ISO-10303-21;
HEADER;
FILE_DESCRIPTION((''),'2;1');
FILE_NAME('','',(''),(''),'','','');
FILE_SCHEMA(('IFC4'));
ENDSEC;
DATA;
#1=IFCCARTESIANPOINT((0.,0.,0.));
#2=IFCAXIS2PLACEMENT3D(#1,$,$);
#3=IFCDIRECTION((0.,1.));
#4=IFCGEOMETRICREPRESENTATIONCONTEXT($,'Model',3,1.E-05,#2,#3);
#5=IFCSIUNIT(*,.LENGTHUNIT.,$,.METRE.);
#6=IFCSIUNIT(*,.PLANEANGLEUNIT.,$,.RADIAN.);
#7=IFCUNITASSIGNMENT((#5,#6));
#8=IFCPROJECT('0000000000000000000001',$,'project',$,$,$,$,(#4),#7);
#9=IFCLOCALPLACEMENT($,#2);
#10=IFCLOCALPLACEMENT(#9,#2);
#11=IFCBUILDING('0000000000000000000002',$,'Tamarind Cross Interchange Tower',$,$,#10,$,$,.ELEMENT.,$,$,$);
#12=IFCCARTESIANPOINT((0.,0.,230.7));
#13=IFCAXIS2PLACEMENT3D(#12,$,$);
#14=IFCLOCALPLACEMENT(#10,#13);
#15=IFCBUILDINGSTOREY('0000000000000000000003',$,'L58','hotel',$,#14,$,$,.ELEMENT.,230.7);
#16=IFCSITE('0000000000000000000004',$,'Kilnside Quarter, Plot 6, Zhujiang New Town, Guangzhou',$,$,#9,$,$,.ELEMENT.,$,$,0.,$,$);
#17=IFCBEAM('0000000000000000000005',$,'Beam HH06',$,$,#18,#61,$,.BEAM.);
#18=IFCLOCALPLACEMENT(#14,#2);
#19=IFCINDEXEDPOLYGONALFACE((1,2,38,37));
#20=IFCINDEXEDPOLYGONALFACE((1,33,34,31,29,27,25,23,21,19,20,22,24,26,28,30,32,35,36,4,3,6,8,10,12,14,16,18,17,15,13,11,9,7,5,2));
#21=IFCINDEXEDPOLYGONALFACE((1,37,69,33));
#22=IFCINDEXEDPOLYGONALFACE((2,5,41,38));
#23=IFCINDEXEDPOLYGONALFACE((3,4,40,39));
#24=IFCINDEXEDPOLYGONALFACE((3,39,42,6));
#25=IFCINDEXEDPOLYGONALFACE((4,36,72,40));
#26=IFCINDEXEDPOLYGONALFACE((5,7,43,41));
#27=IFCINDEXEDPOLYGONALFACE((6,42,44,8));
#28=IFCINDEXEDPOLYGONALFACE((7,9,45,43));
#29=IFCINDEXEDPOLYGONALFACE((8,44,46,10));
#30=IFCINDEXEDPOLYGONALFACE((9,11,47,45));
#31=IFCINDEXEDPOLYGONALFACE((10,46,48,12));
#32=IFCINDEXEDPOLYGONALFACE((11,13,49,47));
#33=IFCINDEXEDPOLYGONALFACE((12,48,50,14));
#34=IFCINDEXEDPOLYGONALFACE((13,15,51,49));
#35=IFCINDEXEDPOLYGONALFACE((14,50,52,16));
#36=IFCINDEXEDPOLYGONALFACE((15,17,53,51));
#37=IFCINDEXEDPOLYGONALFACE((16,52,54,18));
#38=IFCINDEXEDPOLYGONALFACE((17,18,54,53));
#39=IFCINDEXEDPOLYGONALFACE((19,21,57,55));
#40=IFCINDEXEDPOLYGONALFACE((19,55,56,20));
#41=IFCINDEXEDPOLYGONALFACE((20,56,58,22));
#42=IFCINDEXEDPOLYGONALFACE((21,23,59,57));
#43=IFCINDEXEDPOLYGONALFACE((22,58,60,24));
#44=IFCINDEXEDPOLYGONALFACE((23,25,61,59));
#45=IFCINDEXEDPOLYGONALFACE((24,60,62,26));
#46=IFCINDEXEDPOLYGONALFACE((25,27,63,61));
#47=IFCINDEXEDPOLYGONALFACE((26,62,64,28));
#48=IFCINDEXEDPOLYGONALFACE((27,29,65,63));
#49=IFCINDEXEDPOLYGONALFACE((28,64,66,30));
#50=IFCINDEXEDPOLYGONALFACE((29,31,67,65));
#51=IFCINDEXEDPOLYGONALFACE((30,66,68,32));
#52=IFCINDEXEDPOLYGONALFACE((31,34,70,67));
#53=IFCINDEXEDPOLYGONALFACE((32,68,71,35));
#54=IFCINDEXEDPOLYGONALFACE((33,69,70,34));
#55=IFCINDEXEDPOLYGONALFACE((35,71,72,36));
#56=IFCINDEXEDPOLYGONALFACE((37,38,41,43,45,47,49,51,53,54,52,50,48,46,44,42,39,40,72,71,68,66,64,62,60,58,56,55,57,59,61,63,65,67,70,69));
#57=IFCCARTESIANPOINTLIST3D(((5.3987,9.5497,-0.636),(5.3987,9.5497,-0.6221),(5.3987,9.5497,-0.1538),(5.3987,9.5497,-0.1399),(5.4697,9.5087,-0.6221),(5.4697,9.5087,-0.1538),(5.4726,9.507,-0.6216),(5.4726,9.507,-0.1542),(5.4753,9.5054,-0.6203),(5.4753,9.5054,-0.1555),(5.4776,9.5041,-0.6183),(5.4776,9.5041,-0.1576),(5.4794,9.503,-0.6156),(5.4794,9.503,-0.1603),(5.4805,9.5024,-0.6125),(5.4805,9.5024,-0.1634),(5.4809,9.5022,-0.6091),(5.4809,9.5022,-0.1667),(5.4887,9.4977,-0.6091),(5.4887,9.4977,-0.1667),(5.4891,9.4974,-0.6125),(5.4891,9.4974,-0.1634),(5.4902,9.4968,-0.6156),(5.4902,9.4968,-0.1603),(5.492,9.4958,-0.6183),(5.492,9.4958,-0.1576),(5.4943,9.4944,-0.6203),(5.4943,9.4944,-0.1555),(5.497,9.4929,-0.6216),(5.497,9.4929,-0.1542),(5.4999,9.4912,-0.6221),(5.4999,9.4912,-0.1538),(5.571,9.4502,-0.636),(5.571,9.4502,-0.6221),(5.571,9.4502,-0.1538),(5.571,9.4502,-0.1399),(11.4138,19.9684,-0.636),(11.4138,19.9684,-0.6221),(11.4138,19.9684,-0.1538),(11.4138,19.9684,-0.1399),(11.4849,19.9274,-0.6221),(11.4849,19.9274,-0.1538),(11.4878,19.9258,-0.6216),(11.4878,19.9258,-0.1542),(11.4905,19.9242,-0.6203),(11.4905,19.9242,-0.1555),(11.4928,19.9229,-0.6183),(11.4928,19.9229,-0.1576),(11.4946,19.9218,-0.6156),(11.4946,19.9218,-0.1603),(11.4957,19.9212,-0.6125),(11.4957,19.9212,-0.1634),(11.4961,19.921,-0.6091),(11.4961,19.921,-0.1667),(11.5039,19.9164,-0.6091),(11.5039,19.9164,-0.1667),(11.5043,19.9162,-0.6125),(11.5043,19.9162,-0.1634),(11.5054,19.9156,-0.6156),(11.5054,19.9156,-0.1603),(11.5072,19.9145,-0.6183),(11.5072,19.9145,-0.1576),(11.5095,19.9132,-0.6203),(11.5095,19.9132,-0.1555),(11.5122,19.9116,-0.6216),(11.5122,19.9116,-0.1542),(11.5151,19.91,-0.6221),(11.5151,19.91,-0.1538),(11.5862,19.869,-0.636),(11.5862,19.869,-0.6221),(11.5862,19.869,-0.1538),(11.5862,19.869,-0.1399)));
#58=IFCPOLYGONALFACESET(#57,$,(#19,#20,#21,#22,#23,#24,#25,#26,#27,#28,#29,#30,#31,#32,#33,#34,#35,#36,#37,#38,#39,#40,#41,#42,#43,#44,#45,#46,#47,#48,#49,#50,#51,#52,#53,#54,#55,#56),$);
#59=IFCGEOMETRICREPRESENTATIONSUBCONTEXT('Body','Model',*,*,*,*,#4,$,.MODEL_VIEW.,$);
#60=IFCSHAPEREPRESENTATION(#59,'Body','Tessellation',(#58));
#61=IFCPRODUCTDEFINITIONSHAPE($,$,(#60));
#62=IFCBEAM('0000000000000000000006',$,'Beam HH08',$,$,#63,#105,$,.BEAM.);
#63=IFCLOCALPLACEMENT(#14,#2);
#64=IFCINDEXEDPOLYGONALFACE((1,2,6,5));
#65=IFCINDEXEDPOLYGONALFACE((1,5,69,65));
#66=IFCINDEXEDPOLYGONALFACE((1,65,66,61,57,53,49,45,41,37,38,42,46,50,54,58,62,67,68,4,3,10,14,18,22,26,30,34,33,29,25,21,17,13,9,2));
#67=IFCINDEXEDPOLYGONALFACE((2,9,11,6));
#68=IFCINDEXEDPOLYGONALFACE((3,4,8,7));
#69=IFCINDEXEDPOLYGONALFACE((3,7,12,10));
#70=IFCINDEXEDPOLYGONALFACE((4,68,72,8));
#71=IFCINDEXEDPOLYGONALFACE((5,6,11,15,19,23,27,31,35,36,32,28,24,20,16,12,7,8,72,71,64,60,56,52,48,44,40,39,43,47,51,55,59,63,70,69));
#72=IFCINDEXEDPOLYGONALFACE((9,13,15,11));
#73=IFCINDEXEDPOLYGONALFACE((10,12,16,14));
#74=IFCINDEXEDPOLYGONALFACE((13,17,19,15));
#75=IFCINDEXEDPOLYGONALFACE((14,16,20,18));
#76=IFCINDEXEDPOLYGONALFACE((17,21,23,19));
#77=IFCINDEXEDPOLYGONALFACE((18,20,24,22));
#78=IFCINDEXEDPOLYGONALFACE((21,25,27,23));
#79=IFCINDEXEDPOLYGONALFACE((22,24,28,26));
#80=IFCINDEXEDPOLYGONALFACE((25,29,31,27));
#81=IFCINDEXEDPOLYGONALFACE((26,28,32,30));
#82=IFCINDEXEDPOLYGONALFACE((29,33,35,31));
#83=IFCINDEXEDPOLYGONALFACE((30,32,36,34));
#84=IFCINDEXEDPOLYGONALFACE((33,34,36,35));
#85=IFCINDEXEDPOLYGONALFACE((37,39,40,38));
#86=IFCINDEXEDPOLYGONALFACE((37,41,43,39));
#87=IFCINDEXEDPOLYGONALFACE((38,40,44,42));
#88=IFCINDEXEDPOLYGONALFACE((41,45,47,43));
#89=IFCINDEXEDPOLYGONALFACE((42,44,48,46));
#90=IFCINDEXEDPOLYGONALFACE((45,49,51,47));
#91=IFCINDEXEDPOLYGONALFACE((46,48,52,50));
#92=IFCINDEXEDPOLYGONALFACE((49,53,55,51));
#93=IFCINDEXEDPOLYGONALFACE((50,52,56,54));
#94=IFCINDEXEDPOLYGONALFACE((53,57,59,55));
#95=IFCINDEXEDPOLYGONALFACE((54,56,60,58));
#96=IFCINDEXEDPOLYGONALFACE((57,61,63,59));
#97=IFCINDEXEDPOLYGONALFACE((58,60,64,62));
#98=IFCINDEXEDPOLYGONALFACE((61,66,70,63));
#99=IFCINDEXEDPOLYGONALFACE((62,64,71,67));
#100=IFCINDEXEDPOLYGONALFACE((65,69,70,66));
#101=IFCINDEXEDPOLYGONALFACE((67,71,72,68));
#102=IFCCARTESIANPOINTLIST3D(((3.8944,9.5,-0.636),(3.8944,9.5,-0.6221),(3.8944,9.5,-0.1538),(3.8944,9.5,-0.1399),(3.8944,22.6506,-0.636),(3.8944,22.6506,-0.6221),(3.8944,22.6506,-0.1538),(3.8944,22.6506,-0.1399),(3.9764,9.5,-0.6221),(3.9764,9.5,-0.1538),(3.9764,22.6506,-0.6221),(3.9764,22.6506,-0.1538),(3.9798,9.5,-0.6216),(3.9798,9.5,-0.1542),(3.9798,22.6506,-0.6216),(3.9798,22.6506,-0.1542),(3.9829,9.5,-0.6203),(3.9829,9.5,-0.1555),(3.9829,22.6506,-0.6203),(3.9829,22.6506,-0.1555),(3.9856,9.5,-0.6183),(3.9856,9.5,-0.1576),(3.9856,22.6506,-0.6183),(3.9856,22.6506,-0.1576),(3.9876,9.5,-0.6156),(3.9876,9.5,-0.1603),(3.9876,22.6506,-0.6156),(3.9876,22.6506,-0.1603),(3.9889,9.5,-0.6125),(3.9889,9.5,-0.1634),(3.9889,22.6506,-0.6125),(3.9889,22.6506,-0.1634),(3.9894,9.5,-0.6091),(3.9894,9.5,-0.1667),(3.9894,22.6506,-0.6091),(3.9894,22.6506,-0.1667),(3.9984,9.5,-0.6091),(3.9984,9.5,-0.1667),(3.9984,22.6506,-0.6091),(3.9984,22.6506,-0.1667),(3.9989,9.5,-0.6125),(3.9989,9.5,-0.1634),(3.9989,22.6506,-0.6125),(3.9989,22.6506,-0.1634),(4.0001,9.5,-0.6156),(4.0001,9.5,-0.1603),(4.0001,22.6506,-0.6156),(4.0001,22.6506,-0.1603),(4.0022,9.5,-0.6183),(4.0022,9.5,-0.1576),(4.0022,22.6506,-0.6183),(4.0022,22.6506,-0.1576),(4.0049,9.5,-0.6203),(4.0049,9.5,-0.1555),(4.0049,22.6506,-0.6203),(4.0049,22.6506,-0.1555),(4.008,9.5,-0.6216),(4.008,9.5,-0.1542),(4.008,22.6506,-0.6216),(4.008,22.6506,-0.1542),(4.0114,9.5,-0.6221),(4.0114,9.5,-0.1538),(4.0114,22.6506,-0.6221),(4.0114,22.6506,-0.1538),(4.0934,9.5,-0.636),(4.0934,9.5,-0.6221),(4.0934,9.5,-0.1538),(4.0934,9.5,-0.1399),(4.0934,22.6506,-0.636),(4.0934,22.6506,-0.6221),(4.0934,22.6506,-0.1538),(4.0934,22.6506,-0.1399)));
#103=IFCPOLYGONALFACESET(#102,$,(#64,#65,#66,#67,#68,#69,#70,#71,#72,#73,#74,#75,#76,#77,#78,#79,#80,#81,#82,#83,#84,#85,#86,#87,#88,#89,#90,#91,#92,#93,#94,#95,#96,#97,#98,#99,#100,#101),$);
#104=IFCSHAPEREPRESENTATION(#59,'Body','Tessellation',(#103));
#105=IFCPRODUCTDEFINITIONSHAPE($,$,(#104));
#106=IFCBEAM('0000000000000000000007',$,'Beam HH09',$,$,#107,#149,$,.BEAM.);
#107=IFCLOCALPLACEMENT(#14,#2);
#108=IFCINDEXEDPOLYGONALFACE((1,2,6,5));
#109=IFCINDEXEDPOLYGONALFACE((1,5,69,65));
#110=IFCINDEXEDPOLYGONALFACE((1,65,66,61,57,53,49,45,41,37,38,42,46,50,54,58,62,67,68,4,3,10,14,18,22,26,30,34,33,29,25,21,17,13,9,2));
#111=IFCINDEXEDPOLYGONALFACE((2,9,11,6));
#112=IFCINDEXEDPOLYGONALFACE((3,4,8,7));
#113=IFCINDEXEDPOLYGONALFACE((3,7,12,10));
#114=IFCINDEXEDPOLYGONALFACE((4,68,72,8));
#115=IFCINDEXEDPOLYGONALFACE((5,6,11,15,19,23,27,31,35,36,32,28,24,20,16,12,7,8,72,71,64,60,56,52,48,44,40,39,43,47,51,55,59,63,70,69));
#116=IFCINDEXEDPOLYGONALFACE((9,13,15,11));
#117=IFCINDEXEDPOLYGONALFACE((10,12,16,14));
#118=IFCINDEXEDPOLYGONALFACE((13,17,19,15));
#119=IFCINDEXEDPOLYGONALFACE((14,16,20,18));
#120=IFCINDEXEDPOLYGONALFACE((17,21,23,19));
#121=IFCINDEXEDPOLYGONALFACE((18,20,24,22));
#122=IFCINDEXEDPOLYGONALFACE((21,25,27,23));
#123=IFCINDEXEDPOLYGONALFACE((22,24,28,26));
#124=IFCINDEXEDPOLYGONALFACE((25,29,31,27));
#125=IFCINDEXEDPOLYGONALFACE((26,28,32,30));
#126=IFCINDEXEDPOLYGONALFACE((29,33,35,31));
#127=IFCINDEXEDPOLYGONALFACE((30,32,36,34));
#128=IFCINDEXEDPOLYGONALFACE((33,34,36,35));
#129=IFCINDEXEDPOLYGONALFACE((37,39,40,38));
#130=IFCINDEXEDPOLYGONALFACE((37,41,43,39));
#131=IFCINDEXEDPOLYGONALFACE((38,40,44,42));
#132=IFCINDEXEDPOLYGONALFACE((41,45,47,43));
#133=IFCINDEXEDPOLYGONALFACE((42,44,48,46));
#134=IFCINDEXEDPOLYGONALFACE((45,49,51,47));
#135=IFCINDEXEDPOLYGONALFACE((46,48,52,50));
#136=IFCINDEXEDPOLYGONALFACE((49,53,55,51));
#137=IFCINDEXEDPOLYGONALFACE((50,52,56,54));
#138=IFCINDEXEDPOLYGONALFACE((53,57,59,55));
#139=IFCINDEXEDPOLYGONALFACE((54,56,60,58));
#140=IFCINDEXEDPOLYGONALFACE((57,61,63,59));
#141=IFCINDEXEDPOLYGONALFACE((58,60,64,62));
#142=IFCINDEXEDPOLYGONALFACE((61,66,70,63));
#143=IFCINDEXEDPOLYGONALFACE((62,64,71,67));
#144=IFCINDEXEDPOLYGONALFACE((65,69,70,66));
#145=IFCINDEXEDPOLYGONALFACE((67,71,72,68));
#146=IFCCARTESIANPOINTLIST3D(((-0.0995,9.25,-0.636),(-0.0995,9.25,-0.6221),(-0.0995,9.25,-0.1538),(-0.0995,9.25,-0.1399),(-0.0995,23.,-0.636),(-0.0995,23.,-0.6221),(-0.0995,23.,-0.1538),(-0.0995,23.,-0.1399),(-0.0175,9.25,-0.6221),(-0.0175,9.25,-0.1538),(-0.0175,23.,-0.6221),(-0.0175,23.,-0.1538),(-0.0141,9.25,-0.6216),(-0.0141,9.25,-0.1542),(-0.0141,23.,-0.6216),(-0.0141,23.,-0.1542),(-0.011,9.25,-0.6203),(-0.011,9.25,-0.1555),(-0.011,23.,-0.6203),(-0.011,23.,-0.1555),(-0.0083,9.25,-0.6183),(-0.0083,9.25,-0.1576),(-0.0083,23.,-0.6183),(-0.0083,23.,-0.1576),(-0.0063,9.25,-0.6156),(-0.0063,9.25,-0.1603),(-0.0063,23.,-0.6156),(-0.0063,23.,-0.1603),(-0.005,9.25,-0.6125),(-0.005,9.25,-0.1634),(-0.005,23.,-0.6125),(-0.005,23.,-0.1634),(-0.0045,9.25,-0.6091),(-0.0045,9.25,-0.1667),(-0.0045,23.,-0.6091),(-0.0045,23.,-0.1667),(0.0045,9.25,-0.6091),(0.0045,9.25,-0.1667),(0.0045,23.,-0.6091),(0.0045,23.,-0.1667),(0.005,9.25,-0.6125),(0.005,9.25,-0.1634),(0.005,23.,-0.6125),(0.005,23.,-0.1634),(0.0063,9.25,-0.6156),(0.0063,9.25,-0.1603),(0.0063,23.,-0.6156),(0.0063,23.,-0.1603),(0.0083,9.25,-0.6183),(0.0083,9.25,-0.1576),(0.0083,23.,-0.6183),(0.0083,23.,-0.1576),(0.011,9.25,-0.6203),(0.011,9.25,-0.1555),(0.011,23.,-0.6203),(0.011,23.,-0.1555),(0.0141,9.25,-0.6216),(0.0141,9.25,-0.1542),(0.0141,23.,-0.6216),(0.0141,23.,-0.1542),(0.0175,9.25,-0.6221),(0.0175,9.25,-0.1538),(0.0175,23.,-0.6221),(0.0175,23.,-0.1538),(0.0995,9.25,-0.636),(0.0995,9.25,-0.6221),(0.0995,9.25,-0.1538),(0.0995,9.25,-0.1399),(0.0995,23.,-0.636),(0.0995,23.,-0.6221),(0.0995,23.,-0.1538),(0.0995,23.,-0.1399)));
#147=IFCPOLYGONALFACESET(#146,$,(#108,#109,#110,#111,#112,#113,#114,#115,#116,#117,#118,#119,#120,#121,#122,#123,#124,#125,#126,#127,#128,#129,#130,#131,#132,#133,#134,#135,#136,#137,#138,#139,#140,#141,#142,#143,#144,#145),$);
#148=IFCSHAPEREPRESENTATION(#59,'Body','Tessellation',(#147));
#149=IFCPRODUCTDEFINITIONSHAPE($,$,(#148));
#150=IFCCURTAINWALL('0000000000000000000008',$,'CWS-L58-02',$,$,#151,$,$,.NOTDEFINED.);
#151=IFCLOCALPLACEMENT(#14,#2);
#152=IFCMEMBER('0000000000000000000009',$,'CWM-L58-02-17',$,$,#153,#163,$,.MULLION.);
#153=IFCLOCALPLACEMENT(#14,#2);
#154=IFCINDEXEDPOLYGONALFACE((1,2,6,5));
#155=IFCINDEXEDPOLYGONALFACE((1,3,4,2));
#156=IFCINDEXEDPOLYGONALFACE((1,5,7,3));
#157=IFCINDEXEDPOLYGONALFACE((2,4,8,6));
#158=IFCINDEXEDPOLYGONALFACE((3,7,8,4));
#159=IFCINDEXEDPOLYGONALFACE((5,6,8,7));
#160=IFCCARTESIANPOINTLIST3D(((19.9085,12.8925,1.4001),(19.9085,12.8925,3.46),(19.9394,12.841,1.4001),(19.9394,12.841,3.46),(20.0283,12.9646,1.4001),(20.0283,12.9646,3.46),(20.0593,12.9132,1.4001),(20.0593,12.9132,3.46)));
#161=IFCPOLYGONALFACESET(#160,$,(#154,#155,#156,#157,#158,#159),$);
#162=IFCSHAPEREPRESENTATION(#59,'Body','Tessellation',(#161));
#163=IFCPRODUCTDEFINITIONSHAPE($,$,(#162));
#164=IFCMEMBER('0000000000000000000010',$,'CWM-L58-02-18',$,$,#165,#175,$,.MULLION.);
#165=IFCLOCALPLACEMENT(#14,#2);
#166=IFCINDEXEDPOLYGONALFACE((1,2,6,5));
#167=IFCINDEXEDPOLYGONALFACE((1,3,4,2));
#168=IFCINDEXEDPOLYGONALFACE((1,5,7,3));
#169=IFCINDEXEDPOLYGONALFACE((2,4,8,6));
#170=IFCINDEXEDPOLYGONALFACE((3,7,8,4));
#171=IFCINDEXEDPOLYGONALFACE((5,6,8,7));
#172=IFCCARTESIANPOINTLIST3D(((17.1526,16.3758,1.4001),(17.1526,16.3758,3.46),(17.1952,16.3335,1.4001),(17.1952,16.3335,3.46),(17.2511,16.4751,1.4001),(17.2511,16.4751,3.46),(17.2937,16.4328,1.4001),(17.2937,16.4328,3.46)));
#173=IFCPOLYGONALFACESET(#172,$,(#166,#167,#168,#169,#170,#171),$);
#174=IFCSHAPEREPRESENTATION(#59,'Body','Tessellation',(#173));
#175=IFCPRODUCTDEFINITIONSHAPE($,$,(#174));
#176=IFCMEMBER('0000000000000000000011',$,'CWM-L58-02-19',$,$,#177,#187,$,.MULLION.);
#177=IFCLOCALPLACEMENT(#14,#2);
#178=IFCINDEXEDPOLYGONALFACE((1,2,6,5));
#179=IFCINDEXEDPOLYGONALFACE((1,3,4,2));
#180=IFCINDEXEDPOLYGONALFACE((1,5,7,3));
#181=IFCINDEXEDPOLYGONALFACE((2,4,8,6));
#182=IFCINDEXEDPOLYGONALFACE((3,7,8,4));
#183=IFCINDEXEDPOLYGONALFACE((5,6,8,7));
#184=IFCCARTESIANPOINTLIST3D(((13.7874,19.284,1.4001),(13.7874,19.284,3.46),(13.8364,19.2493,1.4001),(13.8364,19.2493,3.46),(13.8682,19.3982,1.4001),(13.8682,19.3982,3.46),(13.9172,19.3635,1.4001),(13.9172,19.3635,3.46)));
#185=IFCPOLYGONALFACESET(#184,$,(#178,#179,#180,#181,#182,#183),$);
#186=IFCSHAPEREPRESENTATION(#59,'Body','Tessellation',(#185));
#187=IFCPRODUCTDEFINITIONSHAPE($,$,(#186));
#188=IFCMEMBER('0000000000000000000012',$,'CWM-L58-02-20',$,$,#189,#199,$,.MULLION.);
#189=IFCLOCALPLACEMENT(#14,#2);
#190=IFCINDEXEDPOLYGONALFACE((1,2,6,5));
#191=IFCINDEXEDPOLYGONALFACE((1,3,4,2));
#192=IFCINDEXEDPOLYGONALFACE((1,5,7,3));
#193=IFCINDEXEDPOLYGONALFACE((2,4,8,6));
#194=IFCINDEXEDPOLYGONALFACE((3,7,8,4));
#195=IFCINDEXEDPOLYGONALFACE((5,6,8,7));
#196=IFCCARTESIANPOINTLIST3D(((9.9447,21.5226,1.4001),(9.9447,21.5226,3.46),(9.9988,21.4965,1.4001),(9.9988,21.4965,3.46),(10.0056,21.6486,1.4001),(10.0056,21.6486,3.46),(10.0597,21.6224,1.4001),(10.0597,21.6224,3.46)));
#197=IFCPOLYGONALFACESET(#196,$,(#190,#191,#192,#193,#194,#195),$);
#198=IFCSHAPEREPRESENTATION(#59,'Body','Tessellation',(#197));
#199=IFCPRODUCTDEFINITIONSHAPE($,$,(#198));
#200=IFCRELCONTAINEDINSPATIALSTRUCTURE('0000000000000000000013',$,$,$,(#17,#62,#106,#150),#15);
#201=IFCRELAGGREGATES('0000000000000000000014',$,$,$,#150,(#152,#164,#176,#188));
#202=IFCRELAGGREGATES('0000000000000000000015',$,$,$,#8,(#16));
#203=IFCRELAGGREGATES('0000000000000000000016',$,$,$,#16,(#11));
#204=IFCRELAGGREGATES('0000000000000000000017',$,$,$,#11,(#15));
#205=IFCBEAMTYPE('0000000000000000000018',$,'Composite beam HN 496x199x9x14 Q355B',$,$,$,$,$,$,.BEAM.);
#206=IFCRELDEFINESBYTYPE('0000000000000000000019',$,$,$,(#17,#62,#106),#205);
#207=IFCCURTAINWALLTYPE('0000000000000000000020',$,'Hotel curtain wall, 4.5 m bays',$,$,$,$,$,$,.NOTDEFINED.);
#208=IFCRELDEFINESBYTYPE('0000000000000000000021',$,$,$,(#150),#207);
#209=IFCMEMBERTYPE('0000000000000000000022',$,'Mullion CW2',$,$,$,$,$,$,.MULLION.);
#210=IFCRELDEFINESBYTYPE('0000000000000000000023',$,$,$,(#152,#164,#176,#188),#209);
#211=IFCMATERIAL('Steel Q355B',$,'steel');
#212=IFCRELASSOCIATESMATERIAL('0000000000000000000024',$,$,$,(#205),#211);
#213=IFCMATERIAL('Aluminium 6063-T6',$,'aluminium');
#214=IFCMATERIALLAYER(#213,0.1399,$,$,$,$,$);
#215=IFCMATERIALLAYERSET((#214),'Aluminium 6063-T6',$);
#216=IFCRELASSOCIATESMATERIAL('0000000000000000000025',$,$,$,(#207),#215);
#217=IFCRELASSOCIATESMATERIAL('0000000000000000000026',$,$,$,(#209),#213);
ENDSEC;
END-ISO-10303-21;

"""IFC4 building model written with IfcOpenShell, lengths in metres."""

from ifc_helpers import new_model, si_unit, direction, frame, origin, origin_2d, place, context, subcontext, project, spatial, rectangle, i_section, extrude, material, layer, layer_set, material_profile, profile_set, type_object, element, aggregate, save


model = new_model("IFC4")

# Units and contexts
model_context = context("Model", 3, precision=1e-05, world=origin(), true_north=direction((0.0, 1.0)))
body_context = subcontext(model_context, "Body", "Model", "MODEL_VIEW")
ifc_project = project(units=[si_unit("LENGTHUNIT", "METRE"), si_unit("PLANEANGLEUNIT", "RADIAN")], contexts=[model_context])

# Site, building, storey
site_placement = place(None, origin())
site = spatial("IfcSite", under=ifc_project, at=site_placement, Name="Kilnside Quarter, Plot 6, Zhujiang New Town, Guangzhou", CompositionType="ELEMENT", RefElevation=0.0)
building_placement = place(site_placement, origin())
building = spatial("IfcBuilding", under=site, at=building_placement, Name="Tamarind Cross Interchange Tower", CompositionType="ELEMENT")
storey_placement = place(building_placement, frame((0.0, 0.0, 230.7)))
storey = spatial("IfcBuildingStorey", under=building, at=storey_placement, Name="L58", Description="hotel", CompositionType="ELEMENT", Elevation=230.7)

# Beams
ifc_material_1 = material(Name="Steel Q355B", Category="steel")
ifc_material_profile_1 = material_profile(ifc_material_1, i_section(OverallWidth=0.199, OverallDepth=0.4961, WebThickness=0.009, FlangeThickness=0.0139, FilletRadius=0.0129, at=origin_2d()), Name="HN 496x199x9x14")
ifc_profile_set_1 = profile_set([ifc_material_profile_1], Name="Steel Q355B")
beam_type = type_object("IfcBeamType", Name="Composite beam HN 496x199x9x14 Q355B", PredefinedType="BEAM", material=ifc_profile_set_1)
beam_1_placement = place(storey_placement, frame((11.5, 19.9187, -0.3879), z_axis=(-0.499994, -0.866029, 0.0), x_axis=(0.866029, -0.499994, 0.0)))
element("IfcBeam", 1, at=beam_1_placement, inside=storey, type_object=beam_type, Name="Beam HH06", PredefinedType="BEAM", context=body_context, shape_type="SweptSolid", body=[
    extrude(i_section(OverallWidth=0.199, OverallDepth=0.4961, WebThickness=0.009, FlangeThickness=0.0139, FilletRadius=0.0129, at=origin_2d()), origin(), (0.0, 0.0, 1.0), 12.0305),
])
beam_2_placement = place(storey_placement, frame((3.9939, 22.6506, -0.3879), z_axis=(0.0, -1.0, 0.0), x_axis=(1.0, 0.0, 0.0)))
element("IfcBeam", 2, at=beam_2_placement, inside=storey, type_object=beam_type, Name="Beam HH08", PredefinedType="BEAM", context=body_context, shape_type="SweptSolid", body=[
    extrude(i_section(OverallWidth=0.199, OverallDepth=0.4961, WebThickness=0.009, FlangeThickness=0.0139, FilletRadius=0.0129, at=origin_2d()), origin(), (0.0, 0.0, 1.0), 13.1506),
])
beam_3_placement = place(storey_placement, frame((0.0, 23.0, -0.3879), z_axis=(0.0, -1.0, 0.0), x_axis=(1.0, 0.0, 0.0)))
element("IfcBeam", 3, at=beam_3_placement, inside=storey, type_object=beam_type, Name="Beam HH09", PredefinedType="BEAM", context=body_context, shape_type="SweptSolid", body=[
    extrude(i_section(OverallWidth=0.199, OverallDepth=0.4961, WebThickness=0.009, FlangeThickness=0.0139, FilletRadius=0.0129, at=origin_2d()), origin(), (0.0, 0.0, 1.0), 13.75),
])

# Curtain wall, members
ifc_material_2 = material(Name="Aluminium 6063-T6", Category="aluminium")
ifc_layer_1 = layer(ifc_material_2, 0.1399)
ifc_layer_set_1 = layer_set([ifc_layer_1], Name="Aluminium 6063-T6")
curtain_wall_type = type_object("IfcCurtainWallType", Name="Hotel curtain wall, 4.5 m bays", PredefinedType="NOTDEFINED", material=ifc_layer_set_1)
curtain_wall_1_placement = place(storey_placement, origin())
curtain_wall_1 = element("IfcCurtainWall", 4, at=curtain_wall_1_placement, inside=storey, type_object=curtain_wall_type, Name="CWS-L58-02", PredefinedType="NOTDEFINED")
ifc_material_profile_2 = material_profile(ifc_material_2, rectangle(XDim=0.0601, YDim=0.1399, at=origin_2d()), Name="Mullion CW2")
ifc_profile_set_2 = profile_set([ifc_material_profile_2], Name="Aluminium 6063-T6")
member_type = type_object("IfcMemberType", Name="Mullion CW2", PredefinedType="MULLION", material=ifc_profile_set_2)
member_1_placement = place(storey_placement, frame((19.9839, 12.9028, 1.4001), z_axis=(0.0, 0.0, 1.0), x_axis=(-0.515577, 0.856843, 0.0)))
member_1 = element("IfcMember", 5, at=member_1_placement, type_object=member_type, Name="CWM-L58-02-17", PredefinedType="MULLION", context=body_context, shape_type="SweptSolid", body=[
    extrude(rectangle(XDim=0.0601, YDim=0.1399, at=origin_2d()), origin(), (0.0, 0.0, 1.0), 2.0598),
])
member_2_placement = place(storey_placement, frame((17.2231, 16.4043, 1.4001), z_axis=(0.0, 0.0, 1.0), x_axis=(-0.710143, 0.704057, 0.0)))
member_2 = element("IfcMember", 6, at=member_2_placement, type_object=member_type, Name="CWM-L58-02-18", PredefinedType="MULLION", context=body_context, shape_type="SweptSolid", body=[
    extrude(rectangle(XDim=0.0601, YDim=0.1399, at=origin_2d()), origin(), (0.0, 0.0, 1.0), 2.0598),
])
member_3_placement = place(storey_placement, frame((13.8523, 19.3237, 1.4001), z_axis=(0.0, 0.0, 1.0), x_axis=(-0.816342, 0.577569, 0.0)))
member_3 = element("IfcMember", 7, at=member_3_placement, type_object=member_type, Name="CWM-L58-02-19", PredefinedType="MULLION", context=body_context, shape_type="SweptSolid", body=[
    extrude(rectangle(XDim=0.0601, YDim=0.1399, at=origin_2d()), origin(), (0.0, 0.0, 1.0), 2.0598),
])
member_4_placement = place(storey_placement, frame((10.0022, 21.5725, 1.4001), z_axis=(0.0, 0.0, 1.0), x_axis=(-0.900273, 0.435326, 0.0)))
member_4 = element("IfcMember", 8, at=member_4_placement, type_object=member_type, Name="CWM-L58-02-20", PredefinedType="MULLION", context=body_context, shape_type="SweptSolid", body=[
    extrude(rectangle(XDim=0.0601, YDim=0.1399, at=origin_2d()), origin(), (0.0, 0.0, 1.0), 2.0598),
])
aggregate(curtain_wall_1, [member_1, member_2, member_3, member_4])

save(model, "model.ifc")
